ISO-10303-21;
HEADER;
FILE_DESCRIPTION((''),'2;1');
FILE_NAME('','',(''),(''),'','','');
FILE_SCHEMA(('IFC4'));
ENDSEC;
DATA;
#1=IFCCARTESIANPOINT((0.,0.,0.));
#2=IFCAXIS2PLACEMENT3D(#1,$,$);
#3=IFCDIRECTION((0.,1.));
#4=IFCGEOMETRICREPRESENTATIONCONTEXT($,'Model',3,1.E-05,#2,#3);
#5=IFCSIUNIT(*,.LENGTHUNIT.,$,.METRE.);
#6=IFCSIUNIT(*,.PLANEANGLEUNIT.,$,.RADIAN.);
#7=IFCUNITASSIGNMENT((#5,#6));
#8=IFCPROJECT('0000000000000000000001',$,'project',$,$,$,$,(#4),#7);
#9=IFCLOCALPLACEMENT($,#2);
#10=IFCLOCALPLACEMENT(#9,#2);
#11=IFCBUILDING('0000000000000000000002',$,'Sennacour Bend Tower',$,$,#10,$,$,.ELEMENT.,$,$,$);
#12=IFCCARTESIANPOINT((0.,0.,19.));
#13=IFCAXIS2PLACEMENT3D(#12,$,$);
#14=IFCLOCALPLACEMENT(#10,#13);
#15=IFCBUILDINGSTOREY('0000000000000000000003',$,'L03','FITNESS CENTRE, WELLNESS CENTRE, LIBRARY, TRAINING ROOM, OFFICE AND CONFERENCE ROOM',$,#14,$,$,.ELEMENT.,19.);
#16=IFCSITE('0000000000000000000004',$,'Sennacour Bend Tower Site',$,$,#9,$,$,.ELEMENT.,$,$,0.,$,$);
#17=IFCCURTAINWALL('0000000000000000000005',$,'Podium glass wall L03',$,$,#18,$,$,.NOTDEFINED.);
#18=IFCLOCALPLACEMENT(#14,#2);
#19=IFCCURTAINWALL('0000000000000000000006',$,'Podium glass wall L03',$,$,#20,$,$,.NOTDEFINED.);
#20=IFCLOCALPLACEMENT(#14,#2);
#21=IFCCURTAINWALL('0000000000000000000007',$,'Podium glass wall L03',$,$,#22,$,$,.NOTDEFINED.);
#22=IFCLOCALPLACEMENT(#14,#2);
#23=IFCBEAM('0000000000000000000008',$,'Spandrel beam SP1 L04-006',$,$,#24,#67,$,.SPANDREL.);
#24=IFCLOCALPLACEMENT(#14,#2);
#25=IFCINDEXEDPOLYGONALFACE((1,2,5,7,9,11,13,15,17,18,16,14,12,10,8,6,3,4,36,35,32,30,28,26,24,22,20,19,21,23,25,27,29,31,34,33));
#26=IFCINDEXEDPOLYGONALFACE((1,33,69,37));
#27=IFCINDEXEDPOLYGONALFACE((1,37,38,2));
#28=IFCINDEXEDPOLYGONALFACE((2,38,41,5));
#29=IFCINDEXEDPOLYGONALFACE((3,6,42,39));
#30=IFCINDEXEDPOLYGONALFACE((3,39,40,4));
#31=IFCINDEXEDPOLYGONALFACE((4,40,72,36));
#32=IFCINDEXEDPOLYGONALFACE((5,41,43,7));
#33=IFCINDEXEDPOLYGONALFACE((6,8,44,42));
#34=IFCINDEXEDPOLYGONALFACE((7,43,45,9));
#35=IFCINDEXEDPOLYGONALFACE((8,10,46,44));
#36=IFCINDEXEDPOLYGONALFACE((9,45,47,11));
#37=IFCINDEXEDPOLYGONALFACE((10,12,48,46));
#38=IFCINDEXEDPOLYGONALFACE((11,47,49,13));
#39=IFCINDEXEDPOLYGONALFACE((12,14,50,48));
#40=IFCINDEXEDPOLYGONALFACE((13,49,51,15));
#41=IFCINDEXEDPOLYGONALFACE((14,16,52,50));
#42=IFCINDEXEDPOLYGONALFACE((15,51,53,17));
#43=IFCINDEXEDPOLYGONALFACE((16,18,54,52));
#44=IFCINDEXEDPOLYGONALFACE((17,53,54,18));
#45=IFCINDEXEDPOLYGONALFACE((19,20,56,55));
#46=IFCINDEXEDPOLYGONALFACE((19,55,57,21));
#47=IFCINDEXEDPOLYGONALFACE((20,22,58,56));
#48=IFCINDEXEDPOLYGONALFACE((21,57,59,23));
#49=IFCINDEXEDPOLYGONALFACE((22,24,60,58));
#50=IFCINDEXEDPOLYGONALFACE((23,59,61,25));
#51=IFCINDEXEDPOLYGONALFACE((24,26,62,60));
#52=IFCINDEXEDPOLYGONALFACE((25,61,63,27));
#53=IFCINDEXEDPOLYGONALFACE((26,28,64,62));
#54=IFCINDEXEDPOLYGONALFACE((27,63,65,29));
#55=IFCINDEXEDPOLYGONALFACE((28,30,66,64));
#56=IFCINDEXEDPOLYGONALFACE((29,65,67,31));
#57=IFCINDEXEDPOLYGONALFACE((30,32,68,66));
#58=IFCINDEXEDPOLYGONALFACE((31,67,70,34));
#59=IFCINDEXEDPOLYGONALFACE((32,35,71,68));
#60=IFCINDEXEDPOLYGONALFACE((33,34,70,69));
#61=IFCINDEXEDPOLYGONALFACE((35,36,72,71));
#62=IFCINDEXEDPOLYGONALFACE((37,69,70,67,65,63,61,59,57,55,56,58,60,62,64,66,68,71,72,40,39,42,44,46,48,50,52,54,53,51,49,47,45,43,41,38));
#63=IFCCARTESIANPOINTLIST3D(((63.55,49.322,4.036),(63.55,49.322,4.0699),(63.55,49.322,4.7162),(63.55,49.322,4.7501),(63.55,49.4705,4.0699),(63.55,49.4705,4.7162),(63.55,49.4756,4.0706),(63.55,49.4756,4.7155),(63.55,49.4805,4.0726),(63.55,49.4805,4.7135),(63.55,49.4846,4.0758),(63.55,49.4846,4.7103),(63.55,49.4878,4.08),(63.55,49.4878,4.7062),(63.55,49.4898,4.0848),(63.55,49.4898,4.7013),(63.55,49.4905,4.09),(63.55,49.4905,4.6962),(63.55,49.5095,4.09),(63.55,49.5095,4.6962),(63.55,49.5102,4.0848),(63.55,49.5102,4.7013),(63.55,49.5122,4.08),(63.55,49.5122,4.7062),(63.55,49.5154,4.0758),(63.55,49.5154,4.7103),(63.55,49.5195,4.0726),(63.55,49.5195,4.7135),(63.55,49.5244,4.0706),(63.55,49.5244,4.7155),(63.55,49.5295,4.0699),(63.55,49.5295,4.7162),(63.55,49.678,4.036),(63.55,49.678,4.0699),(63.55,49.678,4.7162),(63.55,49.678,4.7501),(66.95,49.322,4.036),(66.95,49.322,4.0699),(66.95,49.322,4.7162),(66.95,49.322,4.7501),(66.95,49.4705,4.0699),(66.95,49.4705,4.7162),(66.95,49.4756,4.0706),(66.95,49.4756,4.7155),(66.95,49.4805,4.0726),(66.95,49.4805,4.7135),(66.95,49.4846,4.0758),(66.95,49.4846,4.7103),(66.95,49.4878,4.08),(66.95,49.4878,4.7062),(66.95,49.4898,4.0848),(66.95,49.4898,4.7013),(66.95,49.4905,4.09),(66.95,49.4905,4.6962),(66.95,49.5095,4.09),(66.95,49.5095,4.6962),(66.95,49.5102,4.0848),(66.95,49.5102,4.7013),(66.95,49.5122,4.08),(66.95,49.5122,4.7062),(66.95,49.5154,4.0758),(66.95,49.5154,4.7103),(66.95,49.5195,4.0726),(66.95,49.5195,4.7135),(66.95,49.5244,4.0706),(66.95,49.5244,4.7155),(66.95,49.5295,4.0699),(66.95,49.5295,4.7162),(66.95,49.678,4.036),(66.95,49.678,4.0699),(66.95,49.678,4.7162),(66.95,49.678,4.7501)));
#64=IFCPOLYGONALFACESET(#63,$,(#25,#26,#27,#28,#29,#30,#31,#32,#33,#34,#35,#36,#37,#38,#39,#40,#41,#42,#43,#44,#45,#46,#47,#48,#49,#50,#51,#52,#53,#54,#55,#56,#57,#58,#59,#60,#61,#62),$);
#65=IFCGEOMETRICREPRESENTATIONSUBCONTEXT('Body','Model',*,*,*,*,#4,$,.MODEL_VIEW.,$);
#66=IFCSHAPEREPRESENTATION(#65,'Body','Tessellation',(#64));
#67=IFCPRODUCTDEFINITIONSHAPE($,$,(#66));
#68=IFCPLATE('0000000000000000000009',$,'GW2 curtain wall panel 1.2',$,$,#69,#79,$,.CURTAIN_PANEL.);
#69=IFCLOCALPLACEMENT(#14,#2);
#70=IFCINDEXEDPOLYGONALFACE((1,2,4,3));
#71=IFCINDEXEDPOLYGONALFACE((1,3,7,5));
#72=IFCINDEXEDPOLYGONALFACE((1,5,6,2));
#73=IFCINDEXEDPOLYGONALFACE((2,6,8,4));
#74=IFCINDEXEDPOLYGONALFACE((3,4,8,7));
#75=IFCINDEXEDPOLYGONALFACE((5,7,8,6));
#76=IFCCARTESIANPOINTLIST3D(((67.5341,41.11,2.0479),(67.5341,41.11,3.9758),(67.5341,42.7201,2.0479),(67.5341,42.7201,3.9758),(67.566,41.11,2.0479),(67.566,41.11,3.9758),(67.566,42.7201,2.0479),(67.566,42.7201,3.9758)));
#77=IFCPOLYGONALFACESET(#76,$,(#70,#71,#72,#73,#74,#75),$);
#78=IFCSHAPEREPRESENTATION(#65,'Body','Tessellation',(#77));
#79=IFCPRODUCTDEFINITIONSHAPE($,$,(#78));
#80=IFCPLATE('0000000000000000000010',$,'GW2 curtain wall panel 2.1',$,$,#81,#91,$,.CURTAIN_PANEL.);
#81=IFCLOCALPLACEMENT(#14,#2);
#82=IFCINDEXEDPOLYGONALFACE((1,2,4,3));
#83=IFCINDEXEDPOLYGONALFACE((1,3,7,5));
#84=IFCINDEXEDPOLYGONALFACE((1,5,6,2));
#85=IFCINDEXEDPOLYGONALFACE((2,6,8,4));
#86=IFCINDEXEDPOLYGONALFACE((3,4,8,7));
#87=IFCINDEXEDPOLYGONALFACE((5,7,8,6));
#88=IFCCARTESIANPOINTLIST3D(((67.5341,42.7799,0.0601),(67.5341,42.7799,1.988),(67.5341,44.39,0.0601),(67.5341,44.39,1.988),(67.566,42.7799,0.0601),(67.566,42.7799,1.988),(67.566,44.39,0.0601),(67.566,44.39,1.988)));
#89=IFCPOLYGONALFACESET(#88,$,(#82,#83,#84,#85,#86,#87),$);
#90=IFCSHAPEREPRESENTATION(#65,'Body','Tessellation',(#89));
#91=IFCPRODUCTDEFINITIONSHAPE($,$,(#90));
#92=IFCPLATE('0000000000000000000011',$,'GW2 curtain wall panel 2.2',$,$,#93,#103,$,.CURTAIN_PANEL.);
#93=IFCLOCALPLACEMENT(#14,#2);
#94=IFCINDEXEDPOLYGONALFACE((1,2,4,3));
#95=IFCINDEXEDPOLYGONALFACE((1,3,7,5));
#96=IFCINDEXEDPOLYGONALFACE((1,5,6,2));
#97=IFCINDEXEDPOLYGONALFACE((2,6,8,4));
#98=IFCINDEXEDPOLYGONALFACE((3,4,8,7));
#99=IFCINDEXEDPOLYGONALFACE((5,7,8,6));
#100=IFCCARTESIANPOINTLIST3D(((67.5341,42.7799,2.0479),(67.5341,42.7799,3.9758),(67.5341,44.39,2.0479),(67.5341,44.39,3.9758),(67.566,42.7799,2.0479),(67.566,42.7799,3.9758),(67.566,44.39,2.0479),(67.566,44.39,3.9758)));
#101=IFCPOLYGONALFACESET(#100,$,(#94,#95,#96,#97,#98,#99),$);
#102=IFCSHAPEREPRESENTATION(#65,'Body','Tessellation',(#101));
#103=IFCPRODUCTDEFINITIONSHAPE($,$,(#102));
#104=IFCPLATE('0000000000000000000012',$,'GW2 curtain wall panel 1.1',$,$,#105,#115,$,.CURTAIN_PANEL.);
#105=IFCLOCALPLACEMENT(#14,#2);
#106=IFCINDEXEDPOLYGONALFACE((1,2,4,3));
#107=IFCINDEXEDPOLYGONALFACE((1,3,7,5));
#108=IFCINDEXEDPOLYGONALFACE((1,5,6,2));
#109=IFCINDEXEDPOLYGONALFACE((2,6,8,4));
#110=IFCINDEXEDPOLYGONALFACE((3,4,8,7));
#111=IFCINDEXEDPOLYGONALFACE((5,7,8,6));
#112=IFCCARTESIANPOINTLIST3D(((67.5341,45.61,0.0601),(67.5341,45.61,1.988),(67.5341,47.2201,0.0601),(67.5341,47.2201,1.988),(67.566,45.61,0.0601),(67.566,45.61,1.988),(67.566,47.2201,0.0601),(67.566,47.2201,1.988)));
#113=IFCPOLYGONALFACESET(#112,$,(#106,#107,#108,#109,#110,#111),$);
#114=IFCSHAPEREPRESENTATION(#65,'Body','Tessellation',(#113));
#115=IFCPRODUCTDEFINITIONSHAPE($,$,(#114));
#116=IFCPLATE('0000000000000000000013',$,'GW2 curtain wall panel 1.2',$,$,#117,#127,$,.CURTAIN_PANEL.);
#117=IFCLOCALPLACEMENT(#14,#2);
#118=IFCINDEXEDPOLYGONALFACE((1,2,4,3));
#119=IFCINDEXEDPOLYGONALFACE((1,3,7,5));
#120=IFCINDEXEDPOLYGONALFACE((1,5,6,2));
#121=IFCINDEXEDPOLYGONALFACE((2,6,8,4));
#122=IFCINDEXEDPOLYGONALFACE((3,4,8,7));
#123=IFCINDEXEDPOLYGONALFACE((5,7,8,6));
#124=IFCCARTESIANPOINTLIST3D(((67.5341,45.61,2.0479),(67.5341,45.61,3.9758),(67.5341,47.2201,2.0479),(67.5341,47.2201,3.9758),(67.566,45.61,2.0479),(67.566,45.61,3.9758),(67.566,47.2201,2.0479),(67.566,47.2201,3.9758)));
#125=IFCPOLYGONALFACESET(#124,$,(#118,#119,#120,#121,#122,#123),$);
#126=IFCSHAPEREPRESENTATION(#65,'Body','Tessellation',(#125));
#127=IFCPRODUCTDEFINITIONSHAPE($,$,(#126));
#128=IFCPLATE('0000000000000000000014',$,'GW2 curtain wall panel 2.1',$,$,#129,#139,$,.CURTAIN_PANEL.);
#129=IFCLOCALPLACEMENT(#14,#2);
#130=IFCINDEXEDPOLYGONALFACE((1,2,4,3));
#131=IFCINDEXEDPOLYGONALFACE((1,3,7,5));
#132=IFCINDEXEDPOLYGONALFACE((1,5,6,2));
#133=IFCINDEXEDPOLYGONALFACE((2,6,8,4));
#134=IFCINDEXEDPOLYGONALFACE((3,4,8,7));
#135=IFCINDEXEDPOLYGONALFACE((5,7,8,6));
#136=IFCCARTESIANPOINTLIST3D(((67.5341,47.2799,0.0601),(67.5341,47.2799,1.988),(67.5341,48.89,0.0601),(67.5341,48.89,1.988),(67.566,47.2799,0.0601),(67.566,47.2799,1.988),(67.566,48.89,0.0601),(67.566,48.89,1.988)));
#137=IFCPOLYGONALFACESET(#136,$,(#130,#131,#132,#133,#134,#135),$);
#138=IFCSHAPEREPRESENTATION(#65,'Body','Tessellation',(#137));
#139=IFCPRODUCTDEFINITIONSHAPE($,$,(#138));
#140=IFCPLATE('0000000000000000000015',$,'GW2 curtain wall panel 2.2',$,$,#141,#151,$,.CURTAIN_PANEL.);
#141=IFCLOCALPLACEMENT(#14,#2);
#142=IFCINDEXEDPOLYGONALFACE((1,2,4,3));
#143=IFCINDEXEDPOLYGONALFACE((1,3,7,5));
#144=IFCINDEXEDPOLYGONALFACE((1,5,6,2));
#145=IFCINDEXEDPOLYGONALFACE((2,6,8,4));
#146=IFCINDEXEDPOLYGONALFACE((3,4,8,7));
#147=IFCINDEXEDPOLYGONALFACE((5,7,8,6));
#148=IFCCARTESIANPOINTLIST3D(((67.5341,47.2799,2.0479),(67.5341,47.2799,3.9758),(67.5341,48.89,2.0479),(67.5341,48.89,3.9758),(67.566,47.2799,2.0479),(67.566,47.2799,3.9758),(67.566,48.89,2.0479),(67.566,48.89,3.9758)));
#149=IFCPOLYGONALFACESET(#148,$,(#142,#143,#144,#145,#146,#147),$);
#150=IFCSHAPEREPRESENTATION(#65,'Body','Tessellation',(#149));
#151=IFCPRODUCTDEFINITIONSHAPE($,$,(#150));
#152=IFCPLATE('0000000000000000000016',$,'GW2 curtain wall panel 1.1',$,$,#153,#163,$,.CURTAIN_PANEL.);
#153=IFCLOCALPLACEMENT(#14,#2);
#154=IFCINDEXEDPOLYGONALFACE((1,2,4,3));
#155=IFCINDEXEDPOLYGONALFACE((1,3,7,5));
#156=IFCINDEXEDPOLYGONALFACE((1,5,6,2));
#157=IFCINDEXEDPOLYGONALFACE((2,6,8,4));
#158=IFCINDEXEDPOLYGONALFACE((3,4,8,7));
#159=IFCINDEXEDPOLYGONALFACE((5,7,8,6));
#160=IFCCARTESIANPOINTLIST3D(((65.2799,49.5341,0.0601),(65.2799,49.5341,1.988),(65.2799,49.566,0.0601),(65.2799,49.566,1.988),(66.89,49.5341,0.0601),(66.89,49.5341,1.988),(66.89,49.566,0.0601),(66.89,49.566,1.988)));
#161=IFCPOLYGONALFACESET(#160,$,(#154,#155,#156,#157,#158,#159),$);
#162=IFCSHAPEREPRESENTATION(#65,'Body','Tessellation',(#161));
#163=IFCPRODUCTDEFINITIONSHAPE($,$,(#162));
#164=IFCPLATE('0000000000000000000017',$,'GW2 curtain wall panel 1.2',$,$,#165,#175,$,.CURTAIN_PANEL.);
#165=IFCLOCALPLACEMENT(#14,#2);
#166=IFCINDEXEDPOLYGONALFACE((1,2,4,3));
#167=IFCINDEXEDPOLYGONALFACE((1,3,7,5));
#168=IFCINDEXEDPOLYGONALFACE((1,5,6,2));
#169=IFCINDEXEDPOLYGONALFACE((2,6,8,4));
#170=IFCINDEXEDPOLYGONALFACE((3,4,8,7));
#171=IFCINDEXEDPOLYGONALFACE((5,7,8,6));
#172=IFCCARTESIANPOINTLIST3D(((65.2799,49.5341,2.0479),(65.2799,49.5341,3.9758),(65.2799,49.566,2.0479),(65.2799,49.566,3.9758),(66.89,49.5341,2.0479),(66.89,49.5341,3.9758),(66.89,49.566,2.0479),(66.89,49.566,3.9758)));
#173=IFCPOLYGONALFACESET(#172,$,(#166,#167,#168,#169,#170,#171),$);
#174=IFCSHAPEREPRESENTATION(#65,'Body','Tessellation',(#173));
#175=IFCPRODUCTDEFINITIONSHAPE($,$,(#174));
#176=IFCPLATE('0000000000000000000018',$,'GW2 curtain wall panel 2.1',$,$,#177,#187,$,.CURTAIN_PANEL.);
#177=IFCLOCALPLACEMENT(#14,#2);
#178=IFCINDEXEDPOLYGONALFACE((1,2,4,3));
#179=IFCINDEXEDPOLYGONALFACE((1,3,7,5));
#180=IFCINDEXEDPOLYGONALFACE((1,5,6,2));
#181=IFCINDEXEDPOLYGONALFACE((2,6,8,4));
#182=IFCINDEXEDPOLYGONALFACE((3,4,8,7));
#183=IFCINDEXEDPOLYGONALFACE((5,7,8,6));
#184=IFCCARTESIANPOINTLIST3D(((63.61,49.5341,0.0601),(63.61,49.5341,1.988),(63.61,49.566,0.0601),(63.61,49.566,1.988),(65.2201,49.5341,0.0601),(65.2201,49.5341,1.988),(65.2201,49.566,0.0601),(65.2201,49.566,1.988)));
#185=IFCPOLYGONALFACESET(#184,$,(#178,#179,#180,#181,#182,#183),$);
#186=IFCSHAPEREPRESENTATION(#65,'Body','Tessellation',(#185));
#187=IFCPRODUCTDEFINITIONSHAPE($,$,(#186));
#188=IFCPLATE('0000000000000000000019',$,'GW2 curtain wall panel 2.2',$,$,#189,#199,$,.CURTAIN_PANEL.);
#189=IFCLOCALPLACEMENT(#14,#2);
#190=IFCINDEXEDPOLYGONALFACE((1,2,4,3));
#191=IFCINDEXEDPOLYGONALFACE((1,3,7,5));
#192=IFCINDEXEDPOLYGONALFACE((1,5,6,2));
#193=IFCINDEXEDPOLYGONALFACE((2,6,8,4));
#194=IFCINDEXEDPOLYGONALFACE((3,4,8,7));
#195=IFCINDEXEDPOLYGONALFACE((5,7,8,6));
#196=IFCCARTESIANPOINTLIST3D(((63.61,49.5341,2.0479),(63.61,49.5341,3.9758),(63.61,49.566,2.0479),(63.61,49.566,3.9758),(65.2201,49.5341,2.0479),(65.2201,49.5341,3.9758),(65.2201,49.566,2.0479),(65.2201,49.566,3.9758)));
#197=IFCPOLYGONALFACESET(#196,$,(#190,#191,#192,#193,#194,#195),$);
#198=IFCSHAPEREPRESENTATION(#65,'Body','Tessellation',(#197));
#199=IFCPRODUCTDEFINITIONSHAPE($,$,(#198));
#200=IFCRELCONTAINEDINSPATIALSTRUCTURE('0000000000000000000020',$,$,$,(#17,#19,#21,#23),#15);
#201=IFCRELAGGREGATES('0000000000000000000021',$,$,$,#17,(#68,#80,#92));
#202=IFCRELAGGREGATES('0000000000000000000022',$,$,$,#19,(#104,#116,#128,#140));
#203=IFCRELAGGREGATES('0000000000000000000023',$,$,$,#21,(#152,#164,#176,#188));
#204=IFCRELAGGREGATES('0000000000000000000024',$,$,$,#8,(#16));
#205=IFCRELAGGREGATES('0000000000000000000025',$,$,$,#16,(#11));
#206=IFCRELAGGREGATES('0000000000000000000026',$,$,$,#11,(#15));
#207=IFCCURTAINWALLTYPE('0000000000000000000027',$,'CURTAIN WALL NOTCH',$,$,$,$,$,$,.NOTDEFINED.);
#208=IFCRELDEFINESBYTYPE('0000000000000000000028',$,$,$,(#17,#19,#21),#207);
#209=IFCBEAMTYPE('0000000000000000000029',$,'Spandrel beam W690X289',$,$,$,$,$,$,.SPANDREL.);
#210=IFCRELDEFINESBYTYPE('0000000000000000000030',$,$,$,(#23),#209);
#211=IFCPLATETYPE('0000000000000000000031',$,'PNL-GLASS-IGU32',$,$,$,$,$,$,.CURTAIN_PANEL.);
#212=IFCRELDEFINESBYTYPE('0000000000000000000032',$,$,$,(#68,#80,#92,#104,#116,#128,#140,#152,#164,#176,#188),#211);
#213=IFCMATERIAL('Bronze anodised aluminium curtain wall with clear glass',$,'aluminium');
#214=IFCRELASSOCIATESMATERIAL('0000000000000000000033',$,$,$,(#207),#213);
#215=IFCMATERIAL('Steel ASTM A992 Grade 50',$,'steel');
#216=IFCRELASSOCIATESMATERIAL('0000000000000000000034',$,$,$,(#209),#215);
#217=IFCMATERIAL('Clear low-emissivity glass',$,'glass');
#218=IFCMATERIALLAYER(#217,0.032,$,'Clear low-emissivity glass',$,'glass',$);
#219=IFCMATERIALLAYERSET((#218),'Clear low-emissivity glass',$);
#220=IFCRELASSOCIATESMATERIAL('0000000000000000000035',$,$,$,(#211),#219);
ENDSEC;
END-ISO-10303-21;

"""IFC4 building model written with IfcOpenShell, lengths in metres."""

from ifc_helpers import new_model, si_unit, direction, frame, origin, origin_2d, place, context, subcontext, project, spatial, rectangle, i_section, extrude, material, layer, layer_set, material_profile, profile_set, type_object, element, aggregate, save


model = new_model("IFC4")

# Units and contexts
model_context = context("Model", 3, precision=1e-05, world=origin(), true_north=direction((0.0, 1.0)))
body_context = subcontext(model_context, "Body", "Model", "MODEL_VIEW")
ifc_project = project(units=[si_unit("LENGTHUNIT", "METRE"), si_unit("PLANEANGLEUNIT", "RADIAN")], contexts=[model_context])

# Site, building, storey
site_placement = place(None, origin())
site = spatial("IfcSite", under=ifc_project, at=site_placement, Name="Sennacour Bend Tower Site", CompositionType="ELEMENT", RefElevation=0.0)
building_placement = place(site_placement, origin())
building = spatial("IfcBuilding", under=site, at=building_placement, Name="Sennacour Bend Tower", CompositionType="ELEMENT")
storey_placement = place(building_placement, frame((0.0, 0.0, 19.0)))
storey = spatial("IfcBuildingStorey", under=building, at=storey_placement, Name="L03", Description="FITNESS CENTRE, WELLNESS CENTRE, LIBRARY, TRAINING ROOM, OFFICE AND CONFERENCE ROOM", CompositionType="ELEMENT", Elevation=19.0)

# Curtain walls
ifc_material_1 = material(Name="Bronze anodised aluminium curtain wall with clear glass", Category="aluminium")
curtain_wall_type = type_object("IfcCurtainWallType", Name="CURTAIN WALL NOTCH", PredefinedType="NOTDEFINED", material=ifc_material_1)
curtain_wall_1_placement = place(storey_placement, origin())
curtain_wall_1 = element("IfcCurtainWall", 1, at=curtain_wall_1_placement, inside=storey, type_object=curtain_wall_type, Name="Podium glass wall L03", PredefinedType="NOTDEFINED")
curtain_wall_2_placement = place(storey_placement, origin())
curtain_wall_2 = element("IfcCurtainWall", 2, at=curtain_wall_2_placement, inside=storey, type_object=curtain_wall_type, Name="Podium glass wall L03", PredefinedType="NOTDEFINED")
curtain_wall_3_placement = place(storey_placement, origin())
curtain_wall_3 = element("IfcCurtainWall", 3, at=curtain_wall_3_placement, inside=storey, type_object=curtain_wall_type, Name="Podium glass wall L03", PredefinedType="NOTDEFINED")

# Beam
ifc_material_2 = material(Name="Steel ASTM A992 Grade 50", Category="steel")
ifc_material_profile_1 = material_profile(ifc_material_2, i_section(OverallWidth=0.356, OverallDepth=0.7141, WebThickness=0.019, FlangeThickness=0.0339, FilletRadius=0.02, at=origin_2d()), Name="Steel ASTM A992 Grade 50", Category="steel")
ifc_profile_set_1 = profile_set([ifc_material_profile_1], Name="Steel ASTM A992 Grade 50")
beam_type = type_object("IfcBeamType", Name="Spandrel beam W690X289", PredefinedType="SPANDREL", material=ifc_profile_set_1)
for number, where, z_axis, x_axis, name in (
    (4, (66.95, 49.5, 4.3931), (-1.0, 0.0, 0.0), (0.0, -1.0, 0.0), "Spandrel beam SP1 L04-006"),
):
    element("IfcBeam", number, at=place(storey_placement, frame(where, z_axis=z_axis, x_axis=x_axis)), inside=storey, type_object=beam_type, Name=name, PredefinedType="SPANDREL", context=body_context, shape_type="SweptSolid", body=[
        extrude(i_section(OverallWidth=0.356, OverallDepth=0.7141, WebThickness=0.019, FlangeThickness=0.0339, FilletRadius=0.02, at=origin_2d()), origin(), (0.0, 0.0, 1.0), 3.3999),
    ])

# Plates
ifc_material_3 = material(Name="Clear low-emissivity glass", Category="glass")
ifc_layer = layer(ifc_material_3, 0.032, Name="Clear low-emissivity glass", Category="glass")
ifc_layer_set = layer_set([ifc_layer], Name="Clear low-emissivity glass")
plate_type = type_object("IfcPlateType", Name="PNL-GLASS-IGU32", PredefinedType="CURTAIN_PANEL", material=ifc_layer_set)
plate_1_placement = place(storey_placement, frame((67.55, 41.915, 2.0479), z_axis=(0.0, 0.0, 1.0), x_axis=(0.0, 1.0, 0.0)))
plate_1 = element("IfcPlate", 5, at=plate_1_placement, type_object=plate_type, Name="GW2 curtain wall panel 1.2", PredefinedType="CURTAIN_PANEL", context=body_context, shape_type="SweptSolid", body=[
    extrude(rectangle(XDim=1.6101, YDim=0.032, at=origin_2d()), origin(), (0.0, 0.0, 1.0), 1.928),
])
plate_2_placement = place(storey_placement, frame((67.55, 43.585, 0.0601), z_axis=(0.0, 0.0, 1.0), x_axis=(0.0, 1.0, 0.0)))
plate_2 = element("IfcPlate", 6, at=plate_2_placement, type_object=plate_type, Name="GW2 curtain wall panel 2.1", PredefinedType="CURTAIN_PANEL", context=body_context, shape_type="SweptSolid", body=[
    extrude(rectangle(XDim=1.6101, YDim=0.032, at=origin_2d()), origin(), (0.0, 0.0, 1.0), 1.928),
])
plate_3_placement = place(storey_placement, frame((67.55, 43.585, 2.0479), z_axis=(0.0, 0.0, 1.0), x_axis=(0.0, 1.0, 0.0)))
plate_3 = element("IfcPlate", 7, at=plate_3_placement, type_object=plate_type, Name="GW2 curtain wall panel 2.2", PredefinedType="CURTAIN_PANEL", context=body_context, shape_type="SweptSolid", body=[
    extrude(rectangle(XDim=1.6101, YDim=0.032, at=origin_2d()), origin(), (0.0, 0.0, 1.0), 1.928),
])
aggregate(curtain_wall_1, [plate_1, plate_2, plate_3])
plate_4_placement = place(storey_placement, frame((67.55, 46.415, 0.0601), z_axis=(0.0, 0.0, 1.0), x_axis=(0.0, 1.0, 0.0)))
plate_4 = element("IfcPlate", 8, at=plate_4_placement, type_object=plate_type, Name="GW2 curtain wall panel 1.1", PredefinedType="CURTAIN_PANEL", context=body_context, shape_type="SweptSolid", body=[
    extrude(rectangle(XDim=1.6101, YDim=0.032, at=origin_2d()), origin(), (0.0, 0.0, 1.0), 1.928),
])
plate_5_placement = place(storey_placement, frame((67.55, 46.415, 2.0479), z_axis=(0.0, 0.0, 1.0), x_axis=(0.0, 1.0, 0.0)))
plate_5 = element("IfcPlate", 9, at=plate_5_placement, type_object=plate_type, Name="GW2 curtain wall panel 1.2", PredefinedType="CURTAIN_PANEL", context=body_context, shape_type="SweptSolid", body=[
    extrude(rectangle(XDim=1.6101, YDim=0.032, at=origin_2d()), origin(), (0.0, 0.0, 1.0), 1.928),
])
plate_6_placement = place(storey_placement, frame((67.55, 48.085, 0.0601), z_axis=(0.0, 0.0, 1.0), x_axis=(0.0, 1.0, 0.0)))
plate_6 = element("IfcPlate", 10, at=plate_6_placement, type_object=plate_type, Name="GW2 curtain wall panel 2.1", PredefinedType="CURTAIN_PANEL", context=body_context, shape_type="SweptSolid", body=[
    extrude(rectangle(XDim=1.6101, YDim=0.032, at=origin_2d()), origin(), (0.0, 0.0, 1.0), 1.928),
])
plate_7_placement = place(storey_placement, frame((67.55, 48.085, 2.0479), z_axis=(0.0, 0.0, 1.0), x_axis=(0.0, 1.0, 0.0)))
plate_7 = element("IfcPlate", 11, at=plate_7_placement, type_object=plate_type, Name="GW2 curtain wall panel 2.2", PredefinedType="CURTAIN_PANEL", context=body_context, shape_type="SweptSolid", body=[
    extrude(rectangle(XDim=1.6101, YDim=0.032, at=origin_2d()), origin(), (0.0, 0.0, 1.0), 1.928),
])
aggregate(curtain_wall_2, [plate_4, plate_5, plate_6, plate_7])
plate_8_placement = place(storey_placement, frame((66.085, 49.55, 0.0601), z_axis=(0.0, 0.0, 1.0), x_axis=(-1.0, 0.0, 0.0)))
plate_8 = element("IfcPlate", 12, at=plate_8_placement, type_object=plate_type, Name="GW2 curtain wall panel 1.1", PredefinedType="CURTAIN_PANEL", context=body_context, shape_type="SweptSolid", body=[
    extrude(rectangle(XDim=1.6101, YDim=0.032, at=origin_2d()), origin(), (0.0, 0.0, 1.0), 1.928),
])
plate_9_placement = place(storey_placement, frame((66.085, 49.55, 2.0479), z_axis=(0.0, 0.0, 1.0), x_axis=(-1.0, 0.0, 0.0)))
plate_9 = element("IfcPlate", 13, at=plate_9_placement, type_object=plate_type, Name="GW2 curtain wall panel 1.2", PredefinedType="CURTAIN_PANEL", context=body_context, shape_type="SweptSolid", body=[
    extrude(rectangle(XDim=1.6101, YDim=0.032, at=origin_2d()), origin(), (0.0, 0.0, 1.0), 1.928),
])
plate_10_placement = place(storey_placement, frame((64.415, 49.55, 0.0601), z_axis=(0.0, 0.0, 1.0), x_axis=(-1.0, 0.0, 0.0)))
plate_10 = element("IfcPlate", 14, at=plate_10_placement, type_object=plate_type, Name="GW2 curtain wall panel 2.1", PredefinedType="CURTAIN_PANEL", context=body_context, shape_type="SweptSolid", body=[
    extrude(rectangle(XDim=1.6101, YDim=0.032, at=origin_2d()), origin(), (0.0, 0.0, 1.0), 1.928),
])
plate_11_placement = place(storey_placement, frame((64.415, 49.55, 2.0479), z_axis=(0.0, 0.0, 1.0), x_axis=(-1.0, 0.0, 0.0)))
plate_11 = element("IfcPlate", 15, at=plate_11_placement, type_object=plate_type, Name="GW2 curtain wall panel 2.2", PredefinedType="CURTAIN_PANEL", context=body_context, shape_type="SweptSolid", body=[
    extrude(rectangle(XDim=1.6101, YDim=0.032, at=origin_2d()), origin(), (0.0, 0.0, 1.0), 1.928),
])
aggregate(curtain_wall_3, [plate_8, plate_9, plate_10, plate_11])

save(model, "model.ifc")
